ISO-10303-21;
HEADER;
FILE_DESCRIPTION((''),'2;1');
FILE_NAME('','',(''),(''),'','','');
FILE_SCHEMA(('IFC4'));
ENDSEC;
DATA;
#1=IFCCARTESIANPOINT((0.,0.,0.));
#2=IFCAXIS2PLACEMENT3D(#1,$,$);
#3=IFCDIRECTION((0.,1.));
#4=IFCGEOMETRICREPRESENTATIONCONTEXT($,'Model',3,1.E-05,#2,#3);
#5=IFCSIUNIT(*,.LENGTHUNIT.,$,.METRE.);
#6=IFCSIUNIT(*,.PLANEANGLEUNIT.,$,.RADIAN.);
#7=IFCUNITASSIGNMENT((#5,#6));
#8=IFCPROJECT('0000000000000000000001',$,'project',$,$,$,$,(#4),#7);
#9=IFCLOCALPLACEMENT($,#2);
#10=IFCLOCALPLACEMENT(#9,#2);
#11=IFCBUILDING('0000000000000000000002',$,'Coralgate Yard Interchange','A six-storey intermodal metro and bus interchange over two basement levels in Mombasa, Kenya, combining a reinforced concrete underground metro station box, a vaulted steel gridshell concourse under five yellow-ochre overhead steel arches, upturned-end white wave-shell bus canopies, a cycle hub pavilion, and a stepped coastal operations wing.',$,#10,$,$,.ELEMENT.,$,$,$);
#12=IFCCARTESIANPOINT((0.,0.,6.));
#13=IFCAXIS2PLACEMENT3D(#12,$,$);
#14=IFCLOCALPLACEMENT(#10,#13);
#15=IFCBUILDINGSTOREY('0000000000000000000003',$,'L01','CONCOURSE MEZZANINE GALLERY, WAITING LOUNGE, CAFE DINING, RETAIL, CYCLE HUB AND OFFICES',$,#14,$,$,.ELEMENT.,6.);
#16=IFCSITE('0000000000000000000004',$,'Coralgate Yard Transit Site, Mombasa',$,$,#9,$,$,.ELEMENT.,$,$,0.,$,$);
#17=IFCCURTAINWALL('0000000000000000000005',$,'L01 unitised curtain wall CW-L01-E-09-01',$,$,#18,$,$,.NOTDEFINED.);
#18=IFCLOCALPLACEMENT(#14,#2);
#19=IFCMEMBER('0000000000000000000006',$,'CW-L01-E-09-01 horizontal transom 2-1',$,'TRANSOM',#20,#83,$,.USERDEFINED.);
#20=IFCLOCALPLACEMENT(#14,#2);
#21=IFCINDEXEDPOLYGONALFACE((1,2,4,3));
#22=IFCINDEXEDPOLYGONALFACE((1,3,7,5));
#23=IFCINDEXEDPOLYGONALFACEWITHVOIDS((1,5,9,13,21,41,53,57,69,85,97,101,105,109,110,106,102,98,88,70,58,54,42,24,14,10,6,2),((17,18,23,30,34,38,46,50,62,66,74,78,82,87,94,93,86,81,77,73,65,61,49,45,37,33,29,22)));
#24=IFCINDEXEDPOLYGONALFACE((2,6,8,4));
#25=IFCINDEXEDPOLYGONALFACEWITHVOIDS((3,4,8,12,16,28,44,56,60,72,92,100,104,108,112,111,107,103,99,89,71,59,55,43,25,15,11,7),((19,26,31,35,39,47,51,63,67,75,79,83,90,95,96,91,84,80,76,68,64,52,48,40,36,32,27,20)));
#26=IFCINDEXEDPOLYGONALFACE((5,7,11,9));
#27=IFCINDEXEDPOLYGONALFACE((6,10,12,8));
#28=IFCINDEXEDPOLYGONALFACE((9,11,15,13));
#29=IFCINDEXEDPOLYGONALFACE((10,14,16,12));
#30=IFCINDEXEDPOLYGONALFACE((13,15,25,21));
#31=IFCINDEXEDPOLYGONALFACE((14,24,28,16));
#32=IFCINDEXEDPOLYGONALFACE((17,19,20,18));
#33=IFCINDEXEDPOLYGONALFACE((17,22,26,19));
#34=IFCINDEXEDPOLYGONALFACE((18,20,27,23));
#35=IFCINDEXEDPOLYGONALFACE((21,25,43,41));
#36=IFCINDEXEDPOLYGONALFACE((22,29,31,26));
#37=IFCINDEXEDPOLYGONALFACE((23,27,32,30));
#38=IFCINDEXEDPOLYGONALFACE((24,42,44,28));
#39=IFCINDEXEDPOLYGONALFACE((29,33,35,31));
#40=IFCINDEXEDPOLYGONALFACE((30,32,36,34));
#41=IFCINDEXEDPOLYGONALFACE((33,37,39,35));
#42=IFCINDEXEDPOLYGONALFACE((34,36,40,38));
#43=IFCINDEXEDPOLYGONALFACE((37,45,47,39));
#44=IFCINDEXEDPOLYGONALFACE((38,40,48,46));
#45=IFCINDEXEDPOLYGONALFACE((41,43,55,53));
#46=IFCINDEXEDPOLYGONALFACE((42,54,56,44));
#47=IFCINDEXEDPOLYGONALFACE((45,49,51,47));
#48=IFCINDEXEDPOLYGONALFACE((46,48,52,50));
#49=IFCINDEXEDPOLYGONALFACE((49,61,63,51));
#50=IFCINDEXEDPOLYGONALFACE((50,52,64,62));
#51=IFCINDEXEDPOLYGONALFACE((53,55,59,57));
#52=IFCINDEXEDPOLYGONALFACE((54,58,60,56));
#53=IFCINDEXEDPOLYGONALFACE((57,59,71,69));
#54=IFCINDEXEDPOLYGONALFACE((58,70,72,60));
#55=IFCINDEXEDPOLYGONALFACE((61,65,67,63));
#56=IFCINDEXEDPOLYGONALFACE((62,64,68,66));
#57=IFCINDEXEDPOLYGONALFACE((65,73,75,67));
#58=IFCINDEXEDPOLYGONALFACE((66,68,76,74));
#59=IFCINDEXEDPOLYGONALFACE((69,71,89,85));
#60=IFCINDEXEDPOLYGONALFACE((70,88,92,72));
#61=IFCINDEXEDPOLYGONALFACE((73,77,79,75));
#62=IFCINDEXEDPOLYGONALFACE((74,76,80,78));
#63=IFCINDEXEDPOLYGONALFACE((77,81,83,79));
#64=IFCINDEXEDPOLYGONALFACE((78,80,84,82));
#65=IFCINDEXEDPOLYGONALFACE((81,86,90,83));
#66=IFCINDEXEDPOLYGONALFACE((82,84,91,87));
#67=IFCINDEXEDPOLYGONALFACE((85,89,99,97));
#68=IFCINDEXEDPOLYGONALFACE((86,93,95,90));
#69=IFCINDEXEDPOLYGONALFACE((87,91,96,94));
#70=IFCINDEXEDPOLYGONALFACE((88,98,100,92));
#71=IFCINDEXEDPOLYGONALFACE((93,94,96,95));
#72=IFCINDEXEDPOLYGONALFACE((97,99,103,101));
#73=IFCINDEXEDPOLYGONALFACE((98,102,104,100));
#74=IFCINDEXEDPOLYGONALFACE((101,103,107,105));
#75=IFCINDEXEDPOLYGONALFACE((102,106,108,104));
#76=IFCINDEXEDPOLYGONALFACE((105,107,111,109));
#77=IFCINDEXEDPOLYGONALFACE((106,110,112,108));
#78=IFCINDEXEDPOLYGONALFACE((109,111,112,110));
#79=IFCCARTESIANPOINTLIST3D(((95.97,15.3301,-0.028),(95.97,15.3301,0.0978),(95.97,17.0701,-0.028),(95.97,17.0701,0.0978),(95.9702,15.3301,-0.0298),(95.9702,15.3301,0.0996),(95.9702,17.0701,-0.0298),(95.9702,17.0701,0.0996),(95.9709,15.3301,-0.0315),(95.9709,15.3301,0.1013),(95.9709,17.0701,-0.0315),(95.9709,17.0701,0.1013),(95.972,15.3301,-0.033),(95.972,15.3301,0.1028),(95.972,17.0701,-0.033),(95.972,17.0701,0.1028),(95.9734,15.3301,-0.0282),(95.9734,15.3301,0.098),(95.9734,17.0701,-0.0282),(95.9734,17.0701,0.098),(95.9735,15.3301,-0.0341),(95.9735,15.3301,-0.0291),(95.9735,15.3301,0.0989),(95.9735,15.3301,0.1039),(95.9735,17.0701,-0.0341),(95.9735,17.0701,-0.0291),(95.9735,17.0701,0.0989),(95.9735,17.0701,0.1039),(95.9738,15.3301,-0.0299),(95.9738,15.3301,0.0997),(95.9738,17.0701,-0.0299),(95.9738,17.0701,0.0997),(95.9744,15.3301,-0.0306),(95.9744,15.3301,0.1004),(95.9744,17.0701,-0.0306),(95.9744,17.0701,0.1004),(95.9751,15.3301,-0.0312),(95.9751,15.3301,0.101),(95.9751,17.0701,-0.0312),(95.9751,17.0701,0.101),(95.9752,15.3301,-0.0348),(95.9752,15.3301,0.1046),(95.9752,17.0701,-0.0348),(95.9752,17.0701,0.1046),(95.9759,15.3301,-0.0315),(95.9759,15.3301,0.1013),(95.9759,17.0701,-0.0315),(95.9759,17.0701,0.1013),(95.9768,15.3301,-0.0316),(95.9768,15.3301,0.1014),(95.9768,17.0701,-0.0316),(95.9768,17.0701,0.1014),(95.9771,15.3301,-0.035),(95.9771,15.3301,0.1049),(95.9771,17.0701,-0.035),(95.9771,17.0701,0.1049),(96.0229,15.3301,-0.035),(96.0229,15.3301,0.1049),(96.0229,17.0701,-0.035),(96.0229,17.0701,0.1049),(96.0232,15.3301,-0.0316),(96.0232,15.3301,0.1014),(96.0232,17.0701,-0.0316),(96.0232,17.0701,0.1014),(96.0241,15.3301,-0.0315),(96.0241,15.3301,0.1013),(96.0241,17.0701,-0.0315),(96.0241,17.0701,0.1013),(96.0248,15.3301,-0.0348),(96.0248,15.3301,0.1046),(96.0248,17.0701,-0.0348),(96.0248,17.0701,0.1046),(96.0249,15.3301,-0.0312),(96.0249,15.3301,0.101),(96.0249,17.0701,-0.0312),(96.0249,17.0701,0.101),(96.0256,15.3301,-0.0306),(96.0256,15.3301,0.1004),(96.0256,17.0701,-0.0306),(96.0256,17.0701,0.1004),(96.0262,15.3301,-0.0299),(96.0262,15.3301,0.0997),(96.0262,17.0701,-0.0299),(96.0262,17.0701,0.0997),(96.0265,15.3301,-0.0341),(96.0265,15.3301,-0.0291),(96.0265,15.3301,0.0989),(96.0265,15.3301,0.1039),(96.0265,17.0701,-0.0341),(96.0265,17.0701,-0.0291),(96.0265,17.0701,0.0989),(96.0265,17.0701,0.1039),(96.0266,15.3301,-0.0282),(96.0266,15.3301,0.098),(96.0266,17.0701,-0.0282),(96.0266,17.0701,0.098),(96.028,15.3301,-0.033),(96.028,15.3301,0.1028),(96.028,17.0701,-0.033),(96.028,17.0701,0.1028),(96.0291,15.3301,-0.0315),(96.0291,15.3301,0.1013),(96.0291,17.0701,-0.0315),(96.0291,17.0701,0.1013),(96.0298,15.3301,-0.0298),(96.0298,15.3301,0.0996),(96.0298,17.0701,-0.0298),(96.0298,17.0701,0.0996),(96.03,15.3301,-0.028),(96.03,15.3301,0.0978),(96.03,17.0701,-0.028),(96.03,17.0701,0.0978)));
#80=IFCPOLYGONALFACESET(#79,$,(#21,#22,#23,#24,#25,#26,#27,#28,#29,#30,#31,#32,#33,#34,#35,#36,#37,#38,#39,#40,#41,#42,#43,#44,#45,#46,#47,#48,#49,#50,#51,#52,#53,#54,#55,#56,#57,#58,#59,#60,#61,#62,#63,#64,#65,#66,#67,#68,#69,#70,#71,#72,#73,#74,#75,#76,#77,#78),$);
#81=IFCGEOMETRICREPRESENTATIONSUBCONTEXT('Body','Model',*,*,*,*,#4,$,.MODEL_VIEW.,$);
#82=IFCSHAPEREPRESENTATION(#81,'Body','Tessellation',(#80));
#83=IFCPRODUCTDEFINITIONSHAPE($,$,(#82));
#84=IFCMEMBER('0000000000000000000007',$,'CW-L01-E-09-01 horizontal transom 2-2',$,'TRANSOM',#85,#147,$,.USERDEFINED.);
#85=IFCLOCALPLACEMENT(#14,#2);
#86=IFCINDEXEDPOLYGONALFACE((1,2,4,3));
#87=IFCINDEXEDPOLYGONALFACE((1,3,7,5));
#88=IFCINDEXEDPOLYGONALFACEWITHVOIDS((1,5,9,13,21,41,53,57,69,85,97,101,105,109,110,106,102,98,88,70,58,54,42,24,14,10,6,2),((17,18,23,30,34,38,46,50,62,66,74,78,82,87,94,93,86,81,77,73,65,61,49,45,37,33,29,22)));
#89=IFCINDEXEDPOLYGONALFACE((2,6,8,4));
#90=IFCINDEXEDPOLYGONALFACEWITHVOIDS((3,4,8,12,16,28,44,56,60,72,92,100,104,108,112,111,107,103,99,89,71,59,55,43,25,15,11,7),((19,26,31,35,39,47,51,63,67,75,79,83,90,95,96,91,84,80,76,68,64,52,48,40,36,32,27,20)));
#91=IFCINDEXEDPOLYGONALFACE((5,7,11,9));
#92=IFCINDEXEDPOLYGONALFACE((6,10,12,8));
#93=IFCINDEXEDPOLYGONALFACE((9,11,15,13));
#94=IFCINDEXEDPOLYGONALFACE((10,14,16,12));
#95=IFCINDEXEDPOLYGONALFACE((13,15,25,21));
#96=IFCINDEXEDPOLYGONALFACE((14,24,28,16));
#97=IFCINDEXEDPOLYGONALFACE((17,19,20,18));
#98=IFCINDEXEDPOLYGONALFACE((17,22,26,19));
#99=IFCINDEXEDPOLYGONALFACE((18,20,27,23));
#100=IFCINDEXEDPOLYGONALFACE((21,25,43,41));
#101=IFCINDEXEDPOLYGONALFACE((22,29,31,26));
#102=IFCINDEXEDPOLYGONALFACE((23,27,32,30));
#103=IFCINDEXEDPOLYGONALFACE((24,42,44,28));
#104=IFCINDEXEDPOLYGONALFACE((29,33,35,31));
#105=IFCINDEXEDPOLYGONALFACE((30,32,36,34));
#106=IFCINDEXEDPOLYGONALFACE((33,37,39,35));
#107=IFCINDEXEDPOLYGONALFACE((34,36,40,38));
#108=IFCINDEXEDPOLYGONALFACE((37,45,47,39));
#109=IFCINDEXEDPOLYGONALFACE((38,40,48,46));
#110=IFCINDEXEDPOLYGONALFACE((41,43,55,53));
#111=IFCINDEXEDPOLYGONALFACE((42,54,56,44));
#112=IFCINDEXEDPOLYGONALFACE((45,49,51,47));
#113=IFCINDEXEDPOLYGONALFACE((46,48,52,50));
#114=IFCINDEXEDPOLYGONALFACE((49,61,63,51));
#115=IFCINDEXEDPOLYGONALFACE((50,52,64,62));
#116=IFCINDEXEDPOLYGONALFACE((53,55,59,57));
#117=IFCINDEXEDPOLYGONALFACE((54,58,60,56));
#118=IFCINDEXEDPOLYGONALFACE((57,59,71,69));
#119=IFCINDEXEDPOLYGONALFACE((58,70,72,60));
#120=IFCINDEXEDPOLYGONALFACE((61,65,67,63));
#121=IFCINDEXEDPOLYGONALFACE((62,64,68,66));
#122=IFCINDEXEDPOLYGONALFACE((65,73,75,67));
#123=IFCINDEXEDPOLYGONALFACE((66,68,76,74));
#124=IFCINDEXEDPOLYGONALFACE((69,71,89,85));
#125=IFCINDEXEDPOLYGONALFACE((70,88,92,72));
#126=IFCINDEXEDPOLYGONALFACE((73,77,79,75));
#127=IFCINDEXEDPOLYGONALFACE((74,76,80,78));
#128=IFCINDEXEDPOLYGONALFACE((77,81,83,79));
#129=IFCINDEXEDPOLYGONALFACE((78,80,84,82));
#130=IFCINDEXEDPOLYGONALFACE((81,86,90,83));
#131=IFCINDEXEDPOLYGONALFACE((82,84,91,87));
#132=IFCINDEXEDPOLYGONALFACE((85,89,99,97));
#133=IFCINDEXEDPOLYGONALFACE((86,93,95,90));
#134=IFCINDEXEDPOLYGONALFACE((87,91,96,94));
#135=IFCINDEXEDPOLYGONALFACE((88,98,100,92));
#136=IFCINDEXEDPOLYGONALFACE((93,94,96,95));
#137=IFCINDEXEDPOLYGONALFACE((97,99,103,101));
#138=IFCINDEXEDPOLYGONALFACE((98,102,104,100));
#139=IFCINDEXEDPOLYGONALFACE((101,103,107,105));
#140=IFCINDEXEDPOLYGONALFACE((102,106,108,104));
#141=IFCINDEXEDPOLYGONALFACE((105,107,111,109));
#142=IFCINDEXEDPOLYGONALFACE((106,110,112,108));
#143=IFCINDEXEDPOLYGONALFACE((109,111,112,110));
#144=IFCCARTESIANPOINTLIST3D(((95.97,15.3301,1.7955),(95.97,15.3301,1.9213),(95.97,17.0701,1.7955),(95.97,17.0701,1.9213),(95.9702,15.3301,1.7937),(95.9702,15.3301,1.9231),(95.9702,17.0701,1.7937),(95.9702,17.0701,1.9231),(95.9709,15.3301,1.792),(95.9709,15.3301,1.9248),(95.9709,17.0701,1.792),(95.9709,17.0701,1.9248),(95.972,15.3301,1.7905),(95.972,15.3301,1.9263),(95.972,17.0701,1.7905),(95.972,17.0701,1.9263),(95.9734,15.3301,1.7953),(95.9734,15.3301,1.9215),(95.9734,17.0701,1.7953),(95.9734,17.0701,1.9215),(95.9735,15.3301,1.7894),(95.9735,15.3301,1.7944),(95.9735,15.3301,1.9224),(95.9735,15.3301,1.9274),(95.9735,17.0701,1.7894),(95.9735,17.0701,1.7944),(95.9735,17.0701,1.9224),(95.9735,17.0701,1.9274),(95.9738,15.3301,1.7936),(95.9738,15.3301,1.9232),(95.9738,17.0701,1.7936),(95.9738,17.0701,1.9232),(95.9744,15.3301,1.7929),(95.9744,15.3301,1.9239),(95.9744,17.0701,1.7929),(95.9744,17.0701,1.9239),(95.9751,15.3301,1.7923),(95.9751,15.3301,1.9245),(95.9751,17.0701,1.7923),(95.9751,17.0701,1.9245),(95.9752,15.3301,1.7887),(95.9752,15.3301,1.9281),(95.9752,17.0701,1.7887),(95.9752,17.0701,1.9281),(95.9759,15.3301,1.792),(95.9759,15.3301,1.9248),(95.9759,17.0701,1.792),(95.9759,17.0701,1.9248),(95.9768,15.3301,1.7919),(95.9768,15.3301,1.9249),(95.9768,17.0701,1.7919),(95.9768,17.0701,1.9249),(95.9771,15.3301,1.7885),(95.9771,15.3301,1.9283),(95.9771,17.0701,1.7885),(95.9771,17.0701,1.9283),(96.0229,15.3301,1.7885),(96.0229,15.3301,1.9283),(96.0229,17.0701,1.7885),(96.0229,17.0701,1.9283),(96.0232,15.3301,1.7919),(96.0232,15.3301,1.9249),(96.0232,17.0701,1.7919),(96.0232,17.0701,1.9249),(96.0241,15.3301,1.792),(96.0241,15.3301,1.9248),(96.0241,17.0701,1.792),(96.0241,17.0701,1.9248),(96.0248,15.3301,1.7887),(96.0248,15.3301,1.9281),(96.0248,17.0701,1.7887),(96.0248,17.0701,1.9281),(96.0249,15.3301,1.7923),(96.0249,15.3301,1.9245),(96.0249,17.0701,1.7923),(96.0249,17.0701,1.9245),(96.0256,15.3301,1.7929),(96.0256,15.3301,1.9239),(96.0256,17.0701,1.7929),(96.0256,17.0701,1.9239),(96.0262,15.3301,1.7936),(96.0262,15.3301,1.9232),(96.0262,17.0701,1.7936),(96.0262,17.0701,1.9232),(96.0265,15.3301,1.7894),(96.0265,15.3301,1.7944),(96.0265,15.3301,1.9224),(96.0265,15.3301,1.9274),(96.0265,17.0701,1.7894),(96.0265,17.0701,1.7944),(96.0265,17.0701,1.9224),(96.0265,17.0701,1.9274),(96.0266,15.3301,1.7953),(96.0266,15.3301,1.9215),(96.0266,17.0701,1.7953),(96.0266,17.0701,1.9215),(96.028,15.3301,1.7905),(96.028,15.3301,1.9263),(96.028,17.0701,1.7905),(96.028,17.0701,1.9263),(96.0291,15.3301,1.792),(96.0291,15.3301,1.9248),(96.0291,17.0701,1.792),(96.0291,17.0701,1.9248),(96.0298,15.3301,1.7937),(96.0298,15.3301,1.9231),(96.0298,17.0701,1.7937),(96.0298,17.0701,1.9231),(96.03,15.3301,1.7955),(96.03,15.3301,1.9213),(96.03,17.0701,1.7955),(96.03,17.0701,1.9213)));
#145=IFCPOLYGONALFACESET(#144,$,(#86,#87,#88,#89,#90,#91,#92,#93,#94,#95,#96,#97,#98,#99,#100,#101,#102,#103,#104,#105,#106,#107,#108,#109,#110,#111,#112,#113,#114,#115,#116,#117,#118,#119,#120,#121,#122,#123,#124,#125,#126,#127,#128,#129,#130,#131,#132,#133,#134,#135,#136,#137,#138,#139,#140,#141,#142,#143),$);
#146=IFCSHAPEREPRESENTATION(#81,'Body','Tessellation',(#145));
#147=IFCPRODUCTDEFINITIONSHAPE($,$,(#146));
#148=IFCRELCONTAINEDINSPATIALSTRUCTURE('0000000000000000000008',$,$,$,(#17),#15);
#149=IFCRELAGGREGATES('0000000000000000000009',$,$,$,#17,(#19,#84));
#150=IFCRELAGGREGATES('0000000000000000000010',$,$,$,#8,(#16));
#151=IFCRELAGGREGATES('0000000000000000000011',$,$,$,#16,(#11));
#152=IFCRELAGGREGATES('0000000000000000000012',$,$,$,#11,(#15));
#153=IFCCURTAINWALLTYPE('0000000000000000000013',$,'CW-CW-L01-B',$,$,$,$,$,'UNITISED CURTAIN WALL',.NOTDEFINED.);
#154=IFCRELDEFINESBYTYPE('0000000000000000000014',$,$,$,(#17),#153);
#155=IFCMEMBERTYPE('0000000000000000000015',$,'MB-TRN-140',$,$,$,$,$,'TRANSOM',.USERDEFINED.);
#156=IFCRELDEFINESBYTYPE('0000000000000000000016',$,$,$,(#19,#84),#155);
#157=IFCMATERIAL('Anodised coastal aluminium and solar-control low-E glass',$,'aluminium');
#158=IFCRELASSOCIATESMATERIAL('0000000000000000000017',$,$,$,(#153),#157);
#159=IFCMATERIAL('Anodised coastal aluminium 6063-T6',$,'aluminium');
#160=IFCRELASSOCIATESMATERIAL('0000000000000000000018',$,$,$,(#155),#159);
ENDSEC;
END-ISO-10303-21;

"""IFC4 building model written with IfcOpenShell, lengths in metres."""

from ifc_helpers import new_model, si_unit, direction, frame, origin, origin_2d, place, context, subcontext, project, spatial, hollow_rectangle, extrude, material, material_profile, profile_set, type_object, element, aggregate, save


model = new_model("IFC4")

# Units and contexts
model_context = context("Model", 3, precision=1e-05, world=origin(), true_north=direction((0.0, 1.0)))
body_context = subcontext(model_context, "Body", "Model", "MODEL_VIEW")
ifc_project = project(units=[si_unit("LENGTHUNIT", "METRE"), si_unit("PLANEANGLEUNIT", "RADIAN")], contexts=[model_context])

# Site, building, storey
site_placement = place(None, origin())
site = spatial("IfcSite", under=ifc_project, at=site_placement, Name="Coralgate Yard Transit Site, Mombasa", CompositionType="ELEMENT", RefElevation=0.0)
building_placement = place(site_placement, origin())
building = spatial("IfcBuilding", under=site, at=building_placement, Name="Coralgate Yard Interchange", Description="A six-storey intermodal metro and bus interchange over two basement levels in Mombasa, Kenya, combining a reinforced concrete underground metro station box, a vaulted steel gridshell concourse under five yellow-ochre overhead steel arches, upturned-end white wave-shell bus canopies, a cycle hub pavilion, and a stepped coastal operations wing.", CompositionType="ELEMENT")
storey_placement = place(building_placement, frame((0.0, 0.0, 6.0)))
storey = spatial("IfcBuildingStorey", under=building, at=storey_placement, Name="L01", Description="CONCOURSE MEZZANINE GALLERY, WAITING LOUNGE, CAFE DINING, RETAIL, CYCLE HUB AND OFFICES", CompositionType="ELEMENT", Elevation=6.0)

# Shared definitions
ifc_material_1 = material(Name="Anodised coastal aluminium and solar-control low-E glass", Category="aluminium")
curtain_wall_type_1 = type_object("IfcCurtainWallType", Name="CW-CW-L01-B", ElementType="UNITISED CURTAIN WALL", PredefinedType="NOTDEFINED", material=ifc_material_1)
ifc_material_2 = material(Name="Anodised coastal aluminium 6063-T6", Category="aluminium")

# Curtain wall
curtain_wall_1_placement = place(storey_placement, origin())
curtain_wall_1 = element("IfcCurtainWall", 1, at=curtain_wall_1_placement, inside=storey, type_object=curtain_wall_type_1, Name="L01 unitised curtain wall CW-L01-E-09-01", PredefinedType="NOTDEFINED")

# Members
ifc_material_profile_1 = material_profile(ifc_material_2, hollow_rectangle(XDim=0.0601, YDim=0.1399, WallThickness=0.0034, InnerFilletRadius=0.0034, OuterFilletRadius=0.0071, at=origin_2d()), Name="ALU 60x140x3.5")
ifc_profile_set_1 = profile_set([ifc_material_profile_1], Name="Anodised coastal aluminium 6063-T6")
member_type_1 = type_object("IfcMemberType", Name="MB-TRN-140", ElementType="TRANSOM", PredefinedType="USERDEFINED", material=ifc_profile_set_1)
member_1_placement = place(storey_placement, frame((96.0, 17.0701, 0.0349), z_axis=(0.0, -1.0, 0.0), x_axis=(1.0, 0.0, 0.0)))
member_1 = element("IfcMember", 2, at=member_1_placement, type_object=member_type_1, Name="CW-L01-E-09-01 horizontal transom 2-1", ObjectType="TRANSOM", PredefinedType="USERDEFINED", context=body_context, shape_type="SweptSolid", body=[
    extrude(hollow_rectangle(XDim=0.0601, YDim=0.1399, WallThickness=0.0034, InnerFilletRadius=0.0034, OuterFilletRadius=0.0071, at=origin_2d()), origin(), (0.0, 0.0, 1.0), 1.74),
])
member_2_placement = place(storey_placement, frame((96.0, 17.0701, 1.8584), z_axis=(0.0, -1.0, 0.0), x_axis=(1.0, 0.0, 0.0)))
member_2 = element("IfcMember", 3, at=member_2_placement, type_object=member_type_1, Name="CW-L01-E-09-01 horizontal transom 2-2", ObjectType="TRANSOM", PredefinedType="USERDEFINED", context=body_context, shape_type="SweptSolid", body=[
    extrude(hollow_rectangle(XDim=0.0601, YDim=0.1399, WallThickness=0.0034, InnerFilletRadius=0.0034, OuterFilletRadius=0.0071, at=origin_2d()), origin(), (0.0, 0.0, 1.0), 1.74),
])

aggregate(curtain_wall_1, [member_1, member_2])

save(model, "model.ifc")
